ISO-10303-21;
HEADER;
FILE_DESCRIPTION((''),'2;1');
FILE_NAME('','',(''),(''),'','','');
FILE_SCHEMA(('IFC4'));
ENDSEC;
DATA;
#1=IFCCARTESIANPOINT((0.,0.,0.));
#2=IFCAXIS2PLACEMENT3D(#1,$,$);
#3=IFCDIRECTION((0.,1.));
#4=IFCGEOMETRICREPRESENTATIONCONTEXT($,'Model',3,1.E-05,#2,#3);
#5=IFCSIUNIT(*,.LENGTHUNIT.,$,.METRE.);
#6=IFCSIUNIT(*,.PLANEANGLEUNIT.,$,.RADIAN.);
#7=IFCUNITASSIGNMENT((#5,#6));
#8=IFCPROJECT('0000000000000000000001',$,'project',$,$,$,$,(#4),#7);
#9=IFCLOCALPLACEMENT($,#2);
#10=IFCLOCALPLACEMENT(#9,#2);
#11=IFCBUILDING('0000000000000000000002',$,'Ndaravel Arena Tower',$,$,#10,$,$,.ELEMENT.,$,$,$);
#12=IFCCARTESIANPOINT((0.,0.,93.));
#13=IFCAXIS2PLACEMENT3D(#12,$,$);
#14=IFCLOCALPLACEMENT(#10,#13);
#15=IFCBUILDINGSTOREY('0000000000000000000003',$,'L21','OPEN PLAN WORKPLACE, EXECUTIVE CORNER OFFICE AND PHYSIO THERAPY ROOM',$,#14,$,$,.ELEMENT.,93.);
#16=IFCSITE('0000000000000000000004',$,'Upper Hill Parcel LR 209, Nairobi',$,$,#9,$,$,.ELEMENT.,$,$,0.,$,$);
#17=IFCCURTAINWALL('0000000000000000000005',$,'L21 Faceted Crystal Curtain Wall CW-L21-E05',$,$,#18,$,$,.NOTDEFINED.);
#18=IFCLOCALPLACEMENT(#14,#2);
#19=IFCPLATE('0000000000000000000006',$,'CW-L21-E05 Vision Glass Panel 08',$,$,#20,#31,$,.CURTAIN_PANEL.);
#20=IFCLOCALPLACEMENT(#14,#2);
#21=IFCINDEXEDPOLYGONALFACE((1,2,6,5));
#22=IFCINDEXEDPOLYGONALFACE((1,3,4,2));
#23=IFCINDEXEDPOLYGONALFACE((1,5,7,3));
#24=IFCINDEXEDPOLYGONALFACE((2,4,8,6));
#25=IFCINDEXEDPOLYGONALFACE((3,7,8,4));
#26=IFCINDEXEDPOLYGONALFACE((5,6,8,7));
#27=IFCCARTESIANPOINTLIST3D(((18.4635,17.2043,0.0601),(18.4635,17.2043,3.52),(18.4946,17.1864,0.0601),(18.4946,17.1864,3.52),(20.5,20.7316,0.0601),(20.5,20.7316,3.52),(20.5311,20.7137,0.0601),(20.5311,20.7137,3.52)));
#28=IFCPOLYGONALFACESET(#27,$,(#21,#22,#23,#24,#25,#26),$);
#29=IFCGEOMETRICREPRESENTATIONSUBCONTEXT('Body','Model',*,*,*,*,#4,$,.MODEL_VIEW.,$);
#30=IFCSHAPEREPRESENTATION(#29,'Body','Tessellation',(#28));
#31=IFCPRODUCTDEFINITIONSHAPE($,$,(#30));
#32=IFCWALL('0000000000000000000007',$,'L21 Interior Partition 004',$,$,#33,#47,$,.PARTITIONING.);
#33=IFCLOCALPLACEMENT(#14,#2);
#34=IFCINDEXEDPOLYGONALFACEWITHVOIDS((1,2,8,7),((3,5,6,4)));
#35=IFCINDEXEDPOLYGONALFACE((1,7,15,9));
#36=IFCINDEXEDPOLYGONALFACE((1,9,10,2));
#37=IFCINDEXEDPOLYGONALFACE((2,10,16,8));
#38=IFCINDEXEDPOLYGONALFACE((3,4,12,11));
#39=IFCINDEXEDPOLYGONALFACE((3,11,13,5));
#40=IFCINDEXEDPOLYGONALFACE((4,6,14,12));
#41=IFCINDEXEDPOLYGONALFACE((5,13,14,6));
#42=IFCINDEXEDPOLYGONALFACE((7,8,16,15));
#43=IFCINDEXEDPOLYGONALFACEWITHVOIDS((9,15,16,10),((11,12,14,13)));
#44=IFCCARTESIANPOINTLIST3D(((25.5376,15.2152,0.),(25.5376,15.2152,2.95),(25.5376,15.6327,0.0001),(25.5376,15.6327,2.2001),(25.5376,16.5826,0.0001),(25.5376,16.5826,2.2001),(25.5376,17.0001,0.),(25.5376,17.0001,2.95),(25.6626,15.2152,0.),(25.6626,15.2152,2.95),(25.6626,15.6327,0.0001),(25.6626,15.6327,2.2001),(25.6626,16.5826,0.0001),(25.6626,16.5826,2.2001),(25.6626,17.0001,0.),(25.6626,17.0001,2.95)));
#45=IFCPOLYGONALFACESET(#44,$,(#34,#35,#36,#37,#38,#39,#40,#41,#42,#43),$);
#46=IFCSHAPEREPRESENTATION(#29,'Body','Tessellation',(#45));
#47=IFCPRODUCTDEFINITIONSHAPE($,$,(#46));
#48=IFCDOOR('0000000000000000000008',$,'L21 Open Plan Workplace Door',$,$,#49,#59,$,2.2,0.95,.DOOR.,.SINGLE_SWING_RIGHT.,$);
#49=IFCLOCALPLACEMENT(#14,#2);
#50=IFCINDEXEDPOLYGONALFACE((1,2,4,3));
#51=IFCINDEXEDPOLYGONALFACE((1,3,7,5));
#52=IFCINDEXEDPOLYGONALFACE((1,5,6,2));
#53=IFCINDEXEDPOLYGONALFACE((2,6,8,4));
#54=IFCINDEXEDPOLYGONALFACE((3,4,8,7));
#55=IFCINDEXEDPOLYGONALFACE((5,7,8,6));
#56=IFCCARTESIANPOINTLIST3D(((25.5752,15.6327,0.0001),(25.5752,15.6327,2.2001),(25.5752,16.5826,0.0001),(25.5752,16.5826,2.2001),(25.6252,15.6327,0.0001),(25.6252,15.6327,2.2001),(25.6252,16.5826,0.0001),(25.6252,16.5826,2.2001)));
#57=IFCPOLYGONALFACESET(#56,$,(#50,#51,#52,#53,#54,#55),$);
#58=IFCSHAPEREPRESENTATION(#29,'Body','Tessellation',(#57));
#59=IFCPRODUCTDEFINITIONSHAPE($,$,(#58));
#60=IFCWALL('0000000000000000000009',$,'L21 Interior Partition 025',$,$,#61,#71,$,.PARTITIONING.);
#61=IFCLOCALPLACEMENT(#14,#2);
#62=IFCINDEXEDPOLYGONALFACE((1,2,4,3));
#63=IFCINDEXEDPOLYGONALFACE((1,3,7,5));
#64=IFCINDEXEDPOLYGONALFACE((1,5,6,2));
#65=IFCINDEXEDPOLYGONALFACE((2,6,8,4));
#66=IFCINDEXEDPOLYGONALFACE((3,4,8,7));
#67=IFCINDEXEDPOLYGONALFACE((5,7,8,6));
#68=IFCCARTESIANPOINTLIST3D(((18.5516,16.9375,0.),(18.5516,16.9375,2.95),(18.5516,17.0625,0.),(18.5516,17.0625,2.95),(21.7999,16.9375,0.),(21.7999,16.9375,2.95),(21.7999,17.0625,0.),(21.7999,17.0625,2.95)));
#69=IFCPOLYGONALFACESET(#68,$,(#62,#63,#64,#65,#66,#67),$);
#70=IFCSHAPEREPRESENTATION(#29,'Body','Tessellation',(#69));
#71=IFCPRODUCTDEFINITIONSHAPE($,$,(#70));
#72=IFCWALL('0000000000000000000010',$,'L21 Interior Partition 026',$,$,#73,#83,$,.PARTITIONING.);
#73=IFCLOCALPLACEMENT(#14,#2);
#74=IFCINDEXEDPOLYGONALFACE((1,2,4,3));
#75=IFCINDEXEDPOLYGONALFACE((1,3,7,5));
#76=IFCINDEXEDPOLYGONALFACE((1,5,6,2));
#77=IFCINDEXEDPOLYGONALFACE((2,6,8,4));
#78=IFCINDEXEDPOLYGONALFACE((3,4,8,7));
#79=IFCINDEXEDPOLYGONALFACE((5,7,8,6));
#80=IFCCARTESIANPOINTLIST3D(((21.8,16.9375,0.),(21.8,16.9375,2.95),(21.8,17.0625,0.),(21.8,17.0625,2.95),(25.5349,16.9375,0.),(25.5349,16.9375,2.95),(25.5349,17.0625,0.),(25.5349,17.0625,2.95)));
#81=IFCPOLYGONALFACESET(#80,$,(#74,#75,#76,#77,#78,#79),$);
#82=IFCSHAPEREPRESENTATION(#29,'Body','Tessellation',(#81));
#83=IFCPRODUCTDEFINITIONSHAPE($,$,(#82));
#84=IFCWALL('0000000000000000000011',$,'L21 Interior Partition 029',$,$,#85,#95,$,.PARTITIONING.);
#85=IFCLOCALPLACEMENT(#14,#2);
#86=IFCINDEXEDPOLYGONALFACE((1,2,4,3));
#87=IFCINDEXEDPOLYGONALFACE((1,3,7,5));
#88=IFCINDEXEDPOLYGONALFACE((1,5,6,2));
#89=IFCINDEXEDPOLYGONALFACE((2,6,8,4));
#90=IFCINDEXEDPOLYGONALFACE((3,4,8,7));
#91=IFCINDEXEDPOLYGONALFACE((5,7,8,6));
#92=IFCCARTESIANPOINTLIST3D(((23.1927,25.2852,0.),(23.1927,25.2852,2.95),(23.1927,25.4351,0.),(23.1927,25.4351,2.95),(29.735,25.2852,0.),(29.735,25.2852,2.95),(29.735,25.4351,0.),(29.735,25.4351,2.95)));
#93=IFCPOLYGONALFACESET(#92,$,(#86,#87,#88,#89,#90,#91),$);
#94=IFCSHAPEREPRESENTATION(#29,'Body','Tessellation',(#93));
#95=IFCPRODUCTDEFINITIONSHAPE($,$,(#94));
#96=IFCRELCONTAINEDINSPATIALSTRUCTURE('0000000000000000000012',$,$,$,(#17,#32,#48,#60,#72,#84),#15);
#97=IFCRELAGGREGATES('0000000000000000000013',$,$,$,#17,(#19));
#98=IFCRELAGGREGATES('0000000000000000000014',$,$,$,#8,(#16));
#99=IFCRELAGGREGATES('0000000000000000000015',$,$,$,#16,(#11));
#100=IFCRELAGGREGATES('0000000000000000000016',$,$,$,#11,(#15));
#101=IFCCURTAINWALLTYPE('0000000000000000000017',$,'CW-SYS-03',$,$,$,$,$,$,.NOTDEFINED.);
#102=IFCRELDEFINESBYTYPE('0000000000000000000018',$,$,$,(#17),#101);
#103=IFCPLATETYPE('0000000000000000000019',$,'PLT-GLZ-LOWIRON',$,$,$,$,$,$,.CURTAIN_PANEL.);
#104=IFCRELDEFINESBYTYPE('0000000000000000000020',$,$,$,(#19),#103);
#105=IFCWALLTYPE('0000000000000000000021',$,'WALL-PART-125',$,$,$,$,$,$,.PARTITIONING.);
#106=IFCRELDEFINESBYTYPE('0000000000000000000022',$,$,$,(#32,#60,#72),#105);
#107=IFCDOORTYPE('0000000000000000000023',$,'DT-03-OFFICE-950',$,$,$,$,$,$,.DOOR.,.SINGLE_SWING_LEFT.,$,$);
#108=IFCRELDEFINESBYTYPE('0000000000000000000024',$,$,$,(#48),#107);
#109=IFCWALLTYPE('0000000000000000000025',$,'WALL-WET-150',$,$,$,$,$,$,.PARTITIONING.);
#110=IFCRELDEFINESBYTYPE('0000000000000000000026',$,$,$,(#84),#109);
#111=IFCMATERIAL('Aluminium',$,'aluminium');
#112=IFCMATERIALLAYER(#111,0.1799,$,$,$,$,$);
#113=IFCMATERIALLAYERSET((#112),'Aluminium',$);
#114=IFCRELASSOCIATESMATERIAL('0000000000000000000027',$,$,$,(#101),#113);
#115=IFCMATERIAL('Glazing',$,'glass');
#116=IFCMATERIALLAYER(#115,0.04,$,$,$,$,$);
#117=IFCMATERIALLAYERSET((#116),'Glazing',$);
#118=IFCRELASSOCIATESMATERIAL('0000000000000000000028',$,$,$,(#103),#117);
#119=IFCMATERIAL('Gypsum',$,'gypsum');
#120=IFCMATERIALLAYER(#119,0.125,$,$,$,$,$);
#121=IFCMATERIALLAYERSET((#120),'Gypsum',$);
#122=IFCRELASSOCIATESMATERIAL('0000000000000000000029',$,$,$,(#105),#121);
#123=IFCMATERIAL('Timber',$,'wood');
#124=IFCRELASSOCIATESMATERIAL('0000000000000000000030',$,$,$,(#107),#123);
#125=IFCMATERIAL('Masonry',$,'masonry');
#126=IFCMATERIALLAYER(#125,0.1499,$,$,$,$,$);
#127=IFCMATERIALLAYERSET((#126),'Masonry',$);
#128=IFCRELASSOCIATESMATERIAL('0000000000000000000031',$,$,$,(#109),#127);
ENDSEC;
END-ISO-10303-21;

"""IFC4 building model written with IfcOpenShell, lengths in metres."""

from ifc_helpers import new_model, si_unit, direction, frame, frame_2d, origin, origin_2d, place, context, subcontext, project, spatial, rectangle, extrude, material, layer, layer_set, type_object, element, fill, aggregate, save


model = new_model("IFC4")

# Units and contexts
model_context = context("Model", 3, precision=1e-05, world=origin(), true_north=direction((0.0, 1.0)))
body_context = subcontext(model_context, "Body", "Model", "MODEL_VIEW")
ifc_project = project(units=[si_unit("LENGTHUNIT", "METRE"), si_unit("PLANEANGLEUNIT", "RADIAN")], contexts=[model_context])

# Site, building, storey
site_placement = place(None, origin())
site = spatial("IfcSite", under=ifc_project, at=site_placement, Name="Upper Hill Parcel LR 209, Nairobi", CompositionType="ELEMENT", RefElevation=0.0)
building_placement = place(site_placement, origin())
building = spatial("IfcBuilding", under=site, at=building_placement, Name="Ndaravel Arena Tower", CompositionType="ELEMENT")
storey_placement = place(building_placement, frame((0.0, 0.0, 93.0)))
storey = spatial("IfcBuildingStorey", under=building, at=storey_placement, Name="L21", Description="OPEN PLAN WORKPLACE, EXECUTIVE CORNER OFFICE AND PHYSIO THERAPY ROOM", CompositionType="ELEMENT", Elevation=93.0)

# Curtain wall
ifc_material_1 = material(Name="Aluminium", Category="aluminium")
ifc_layer_1 = layer(ifc_material_1, 0.1799)
ifc_layer_set_1 = layer_set([ifc_layer_1], Name="Aluminium")
curtain_wall_type_1 = type_object("IfcCurtainWallType", Name="CW-SYS-03", PredefinedType="NOTDEFINED", material=ifc_layer_set_1)
curtain_wall_1_placement = place(storey_placement, origin())
curtain_wall_1 = element("IfcCurtainWall", 1, at=curtain_wall_1_placement, inside=storey, type_object=curtain_wall_type_1, Name="L21 Faceted Crystal Curtain Wall CW-L21-E05", PredefinedType="NOTDEFINED")

# Plate
ifc_material_2 = material(Name="Glazing", Category="glass")
ifc_layer_2 = layer(ifc_material_2, 0.04)
ifc_layer_set_2 = layer_set([ifc_layer_2], Name="Glazing")
plate_type_1 = type_object("IfcPlateType", Name="PLT-GLZ-LOWIRON", PredefinedType="CURTAIN_PANEL", material=ifc_layer_set_2)
plate_1_placement = place(storey_placement, frame((19.4973, 18.959, 0.0601), z_axis=(0.0, 0.0, 1.0), x_axis=(-0.5, -0.866025, 0.0)))
plate_1 = element("IfcPlate", 2, at=plate_1_placement, type_object=plate_type_1, Name="CW-L21-E05 Vision Glass Panel 08", PredefinedType="CURTAIN_PANEL", context=body_context, shape_type="SweptSolid", body=[
    extrude(rectangle(XDim=4.073, YDim=0.0359, at=origin_2d()), origin(), (0.0, 0.0, 1.0), 3.46),
])
aggregate(curtain_wall_1, [plate_1])

# Wall, opening, door
ifc_material_3 = material(Name="Gypsum", Category="gypsum")
ifc_layer_3 = layer(ifc_material_3, 0.125)
ifc_layer_set_3 = layer_set([ifc_layer_3], Name="Gypsum")
wall_type_1 = type_object("IfcWallType", Name="WALL-PART-125", PredefinedType="PARTITIONING", material=ifc_layer_set_3)
wall_1_placement = place(storey_placement, frame((25.6001, 15.2151, 0.0), z_axis=(0.0, 0.0, 1.0), x_axis=(0.0, 1.0, 0.0)))
wall_1 = element("IfcWall", 3, at=wall_1_placement, inside=storey, type_object=wall_type_1, Name="L21 Interior Partition 004", PredefinedType="PARTITIONING", context=body_context, shape_type="SweptSolid", body=[
    extrude(rectangle(XDim=1.7849, YDim=0.125, at=frame_2d((0.8926, 0.0))), origin(), (0.0, 0.0, 1.0), 2.95),
])
opening_placement = place(wall_1_placement, frame((0.4175, 0.0, 0.0)))
opening = element("IfcOpeningElement", 4, at=opening_placement, cuts=wall_1, PredefinedType="OPENING", context=body_context, shape_type="SweptSolid", body=[
    extrude(rectangle(XDim=0.95, YDim=2.2, at=frame_2d((0.4751, 1.1001))), frame((0.0, 0.0625, 0.0), z_axis=(0.0, -1.0, 0.0), x_axis=(1.0, 0.0, 0.0)), (0.0, 0.0, 1.0), 0.125),
])
ifc_material_4 = material(Name="Timber", Category="wood")
door_type = type_object("IfcDoorType", Name="DT-03-OFFICE-950", OperationType="SINGLE_SWING_LEFT", PredefinedType="DOOR", material=ifc_material_4)
door_placement = place(opening_placement, origin())
door = element("IfcDoor", 5, at=door_placement, inside=storey, type_object=door_type, Name="L21 Open Plan Workplace Door", OperationType="SINGLE_SWING_RIGHT", OverallHeight=2.2, OverallWidth=0.95, PredefinedType="DOOR", context=body_context, shape_type="SweptSolid", body=[
    extrude(rectangle(XDim=0.95, YDim=2.2, at=frame_2d((0.4751, 1.1001))), frame((0.0, 0.0249, 0.0), z_axis=(0.0, -1.0, 0.0), x_axis=(1.0, 0.0, 0.0)), (0.0, 0.0, 1.0), 0.05),
])
fill(opening, door)

# Walls
wall_2_placement = place(storey_placement, frame((18.5518, 17.0, 0.0), z_axis=(0.0, 0.0, 1.0), x_axis=(1.0, 0.0, 0.0)))
element("IfcWall", 6, at=wall_2_placement, inside=storey, type_object=wall_type_1, Name="L21 Interior Partition 025", PredefinedType="PARTITIONING", context=body_context, shape_type="SweptSolid", body=[
    extrude(rectangle(XDim=3.2483, YDim=0.125, at=frame_2d((1.624, 0.0))), origin(), (0.0, 0.0, 1.0), 2.95),
])
wall_3_placement = place(storey_placement, frame((21.8, 17.0, 0.0), z_axis=(0.0, 0.0, 1.0), x_axis=(1.0, 0.0, 0.0)))
element("IfcWall", 7, at=wall_3_placement, inside=storey, type_object=wall_type_1, Name="L21 Interior Partition 026", PredefinedType="PARTITIONING", context=body_context, shape_type="SweptSolid", body=[
    extrude(rectangle(XDim=3.7349, YDim=0.125, at=frame_2d((1.8674, 0.0))), origin(), (0.0, 0.0, 1.0), 2.95),
])
ifc_material_5 = material(Name="Masonry", Category="masonry")
ifc_layer_4 = layer(ifc_material_5, 0.1499)
ifc_layer_set_4 = layer_set([ifc_layer_4], Name="Masonry")
wall_type_2 = type_object("IfcWallType", Name="WALL-WET-150", PredefinedType="PARTITIONING", material=ifc_layer_set_4)
wall_4_placement = place(storey_placement, frame((23.1929, 25.3601, 0.0), z_axis=(0.0, 0.0, 1.0), x_axis=(1.0, 0.0, 0.0)))
element("IfcWall", 8, at=wall_4_placement, inside=storey, type_object=wall_type_2, Name="L21 Interior Partition 029", PredefinedType="PARTITIONING", context=body_context, shape_type="SweptSolid", body=[
    extrude(rectangle(XDim=6.5422, YDim=0.1499, at=frame_2d((3.271, 0.0))), origin(), (0.0, 0.0, 1.0), 2.95),
])

save(model, "model.ifc")
